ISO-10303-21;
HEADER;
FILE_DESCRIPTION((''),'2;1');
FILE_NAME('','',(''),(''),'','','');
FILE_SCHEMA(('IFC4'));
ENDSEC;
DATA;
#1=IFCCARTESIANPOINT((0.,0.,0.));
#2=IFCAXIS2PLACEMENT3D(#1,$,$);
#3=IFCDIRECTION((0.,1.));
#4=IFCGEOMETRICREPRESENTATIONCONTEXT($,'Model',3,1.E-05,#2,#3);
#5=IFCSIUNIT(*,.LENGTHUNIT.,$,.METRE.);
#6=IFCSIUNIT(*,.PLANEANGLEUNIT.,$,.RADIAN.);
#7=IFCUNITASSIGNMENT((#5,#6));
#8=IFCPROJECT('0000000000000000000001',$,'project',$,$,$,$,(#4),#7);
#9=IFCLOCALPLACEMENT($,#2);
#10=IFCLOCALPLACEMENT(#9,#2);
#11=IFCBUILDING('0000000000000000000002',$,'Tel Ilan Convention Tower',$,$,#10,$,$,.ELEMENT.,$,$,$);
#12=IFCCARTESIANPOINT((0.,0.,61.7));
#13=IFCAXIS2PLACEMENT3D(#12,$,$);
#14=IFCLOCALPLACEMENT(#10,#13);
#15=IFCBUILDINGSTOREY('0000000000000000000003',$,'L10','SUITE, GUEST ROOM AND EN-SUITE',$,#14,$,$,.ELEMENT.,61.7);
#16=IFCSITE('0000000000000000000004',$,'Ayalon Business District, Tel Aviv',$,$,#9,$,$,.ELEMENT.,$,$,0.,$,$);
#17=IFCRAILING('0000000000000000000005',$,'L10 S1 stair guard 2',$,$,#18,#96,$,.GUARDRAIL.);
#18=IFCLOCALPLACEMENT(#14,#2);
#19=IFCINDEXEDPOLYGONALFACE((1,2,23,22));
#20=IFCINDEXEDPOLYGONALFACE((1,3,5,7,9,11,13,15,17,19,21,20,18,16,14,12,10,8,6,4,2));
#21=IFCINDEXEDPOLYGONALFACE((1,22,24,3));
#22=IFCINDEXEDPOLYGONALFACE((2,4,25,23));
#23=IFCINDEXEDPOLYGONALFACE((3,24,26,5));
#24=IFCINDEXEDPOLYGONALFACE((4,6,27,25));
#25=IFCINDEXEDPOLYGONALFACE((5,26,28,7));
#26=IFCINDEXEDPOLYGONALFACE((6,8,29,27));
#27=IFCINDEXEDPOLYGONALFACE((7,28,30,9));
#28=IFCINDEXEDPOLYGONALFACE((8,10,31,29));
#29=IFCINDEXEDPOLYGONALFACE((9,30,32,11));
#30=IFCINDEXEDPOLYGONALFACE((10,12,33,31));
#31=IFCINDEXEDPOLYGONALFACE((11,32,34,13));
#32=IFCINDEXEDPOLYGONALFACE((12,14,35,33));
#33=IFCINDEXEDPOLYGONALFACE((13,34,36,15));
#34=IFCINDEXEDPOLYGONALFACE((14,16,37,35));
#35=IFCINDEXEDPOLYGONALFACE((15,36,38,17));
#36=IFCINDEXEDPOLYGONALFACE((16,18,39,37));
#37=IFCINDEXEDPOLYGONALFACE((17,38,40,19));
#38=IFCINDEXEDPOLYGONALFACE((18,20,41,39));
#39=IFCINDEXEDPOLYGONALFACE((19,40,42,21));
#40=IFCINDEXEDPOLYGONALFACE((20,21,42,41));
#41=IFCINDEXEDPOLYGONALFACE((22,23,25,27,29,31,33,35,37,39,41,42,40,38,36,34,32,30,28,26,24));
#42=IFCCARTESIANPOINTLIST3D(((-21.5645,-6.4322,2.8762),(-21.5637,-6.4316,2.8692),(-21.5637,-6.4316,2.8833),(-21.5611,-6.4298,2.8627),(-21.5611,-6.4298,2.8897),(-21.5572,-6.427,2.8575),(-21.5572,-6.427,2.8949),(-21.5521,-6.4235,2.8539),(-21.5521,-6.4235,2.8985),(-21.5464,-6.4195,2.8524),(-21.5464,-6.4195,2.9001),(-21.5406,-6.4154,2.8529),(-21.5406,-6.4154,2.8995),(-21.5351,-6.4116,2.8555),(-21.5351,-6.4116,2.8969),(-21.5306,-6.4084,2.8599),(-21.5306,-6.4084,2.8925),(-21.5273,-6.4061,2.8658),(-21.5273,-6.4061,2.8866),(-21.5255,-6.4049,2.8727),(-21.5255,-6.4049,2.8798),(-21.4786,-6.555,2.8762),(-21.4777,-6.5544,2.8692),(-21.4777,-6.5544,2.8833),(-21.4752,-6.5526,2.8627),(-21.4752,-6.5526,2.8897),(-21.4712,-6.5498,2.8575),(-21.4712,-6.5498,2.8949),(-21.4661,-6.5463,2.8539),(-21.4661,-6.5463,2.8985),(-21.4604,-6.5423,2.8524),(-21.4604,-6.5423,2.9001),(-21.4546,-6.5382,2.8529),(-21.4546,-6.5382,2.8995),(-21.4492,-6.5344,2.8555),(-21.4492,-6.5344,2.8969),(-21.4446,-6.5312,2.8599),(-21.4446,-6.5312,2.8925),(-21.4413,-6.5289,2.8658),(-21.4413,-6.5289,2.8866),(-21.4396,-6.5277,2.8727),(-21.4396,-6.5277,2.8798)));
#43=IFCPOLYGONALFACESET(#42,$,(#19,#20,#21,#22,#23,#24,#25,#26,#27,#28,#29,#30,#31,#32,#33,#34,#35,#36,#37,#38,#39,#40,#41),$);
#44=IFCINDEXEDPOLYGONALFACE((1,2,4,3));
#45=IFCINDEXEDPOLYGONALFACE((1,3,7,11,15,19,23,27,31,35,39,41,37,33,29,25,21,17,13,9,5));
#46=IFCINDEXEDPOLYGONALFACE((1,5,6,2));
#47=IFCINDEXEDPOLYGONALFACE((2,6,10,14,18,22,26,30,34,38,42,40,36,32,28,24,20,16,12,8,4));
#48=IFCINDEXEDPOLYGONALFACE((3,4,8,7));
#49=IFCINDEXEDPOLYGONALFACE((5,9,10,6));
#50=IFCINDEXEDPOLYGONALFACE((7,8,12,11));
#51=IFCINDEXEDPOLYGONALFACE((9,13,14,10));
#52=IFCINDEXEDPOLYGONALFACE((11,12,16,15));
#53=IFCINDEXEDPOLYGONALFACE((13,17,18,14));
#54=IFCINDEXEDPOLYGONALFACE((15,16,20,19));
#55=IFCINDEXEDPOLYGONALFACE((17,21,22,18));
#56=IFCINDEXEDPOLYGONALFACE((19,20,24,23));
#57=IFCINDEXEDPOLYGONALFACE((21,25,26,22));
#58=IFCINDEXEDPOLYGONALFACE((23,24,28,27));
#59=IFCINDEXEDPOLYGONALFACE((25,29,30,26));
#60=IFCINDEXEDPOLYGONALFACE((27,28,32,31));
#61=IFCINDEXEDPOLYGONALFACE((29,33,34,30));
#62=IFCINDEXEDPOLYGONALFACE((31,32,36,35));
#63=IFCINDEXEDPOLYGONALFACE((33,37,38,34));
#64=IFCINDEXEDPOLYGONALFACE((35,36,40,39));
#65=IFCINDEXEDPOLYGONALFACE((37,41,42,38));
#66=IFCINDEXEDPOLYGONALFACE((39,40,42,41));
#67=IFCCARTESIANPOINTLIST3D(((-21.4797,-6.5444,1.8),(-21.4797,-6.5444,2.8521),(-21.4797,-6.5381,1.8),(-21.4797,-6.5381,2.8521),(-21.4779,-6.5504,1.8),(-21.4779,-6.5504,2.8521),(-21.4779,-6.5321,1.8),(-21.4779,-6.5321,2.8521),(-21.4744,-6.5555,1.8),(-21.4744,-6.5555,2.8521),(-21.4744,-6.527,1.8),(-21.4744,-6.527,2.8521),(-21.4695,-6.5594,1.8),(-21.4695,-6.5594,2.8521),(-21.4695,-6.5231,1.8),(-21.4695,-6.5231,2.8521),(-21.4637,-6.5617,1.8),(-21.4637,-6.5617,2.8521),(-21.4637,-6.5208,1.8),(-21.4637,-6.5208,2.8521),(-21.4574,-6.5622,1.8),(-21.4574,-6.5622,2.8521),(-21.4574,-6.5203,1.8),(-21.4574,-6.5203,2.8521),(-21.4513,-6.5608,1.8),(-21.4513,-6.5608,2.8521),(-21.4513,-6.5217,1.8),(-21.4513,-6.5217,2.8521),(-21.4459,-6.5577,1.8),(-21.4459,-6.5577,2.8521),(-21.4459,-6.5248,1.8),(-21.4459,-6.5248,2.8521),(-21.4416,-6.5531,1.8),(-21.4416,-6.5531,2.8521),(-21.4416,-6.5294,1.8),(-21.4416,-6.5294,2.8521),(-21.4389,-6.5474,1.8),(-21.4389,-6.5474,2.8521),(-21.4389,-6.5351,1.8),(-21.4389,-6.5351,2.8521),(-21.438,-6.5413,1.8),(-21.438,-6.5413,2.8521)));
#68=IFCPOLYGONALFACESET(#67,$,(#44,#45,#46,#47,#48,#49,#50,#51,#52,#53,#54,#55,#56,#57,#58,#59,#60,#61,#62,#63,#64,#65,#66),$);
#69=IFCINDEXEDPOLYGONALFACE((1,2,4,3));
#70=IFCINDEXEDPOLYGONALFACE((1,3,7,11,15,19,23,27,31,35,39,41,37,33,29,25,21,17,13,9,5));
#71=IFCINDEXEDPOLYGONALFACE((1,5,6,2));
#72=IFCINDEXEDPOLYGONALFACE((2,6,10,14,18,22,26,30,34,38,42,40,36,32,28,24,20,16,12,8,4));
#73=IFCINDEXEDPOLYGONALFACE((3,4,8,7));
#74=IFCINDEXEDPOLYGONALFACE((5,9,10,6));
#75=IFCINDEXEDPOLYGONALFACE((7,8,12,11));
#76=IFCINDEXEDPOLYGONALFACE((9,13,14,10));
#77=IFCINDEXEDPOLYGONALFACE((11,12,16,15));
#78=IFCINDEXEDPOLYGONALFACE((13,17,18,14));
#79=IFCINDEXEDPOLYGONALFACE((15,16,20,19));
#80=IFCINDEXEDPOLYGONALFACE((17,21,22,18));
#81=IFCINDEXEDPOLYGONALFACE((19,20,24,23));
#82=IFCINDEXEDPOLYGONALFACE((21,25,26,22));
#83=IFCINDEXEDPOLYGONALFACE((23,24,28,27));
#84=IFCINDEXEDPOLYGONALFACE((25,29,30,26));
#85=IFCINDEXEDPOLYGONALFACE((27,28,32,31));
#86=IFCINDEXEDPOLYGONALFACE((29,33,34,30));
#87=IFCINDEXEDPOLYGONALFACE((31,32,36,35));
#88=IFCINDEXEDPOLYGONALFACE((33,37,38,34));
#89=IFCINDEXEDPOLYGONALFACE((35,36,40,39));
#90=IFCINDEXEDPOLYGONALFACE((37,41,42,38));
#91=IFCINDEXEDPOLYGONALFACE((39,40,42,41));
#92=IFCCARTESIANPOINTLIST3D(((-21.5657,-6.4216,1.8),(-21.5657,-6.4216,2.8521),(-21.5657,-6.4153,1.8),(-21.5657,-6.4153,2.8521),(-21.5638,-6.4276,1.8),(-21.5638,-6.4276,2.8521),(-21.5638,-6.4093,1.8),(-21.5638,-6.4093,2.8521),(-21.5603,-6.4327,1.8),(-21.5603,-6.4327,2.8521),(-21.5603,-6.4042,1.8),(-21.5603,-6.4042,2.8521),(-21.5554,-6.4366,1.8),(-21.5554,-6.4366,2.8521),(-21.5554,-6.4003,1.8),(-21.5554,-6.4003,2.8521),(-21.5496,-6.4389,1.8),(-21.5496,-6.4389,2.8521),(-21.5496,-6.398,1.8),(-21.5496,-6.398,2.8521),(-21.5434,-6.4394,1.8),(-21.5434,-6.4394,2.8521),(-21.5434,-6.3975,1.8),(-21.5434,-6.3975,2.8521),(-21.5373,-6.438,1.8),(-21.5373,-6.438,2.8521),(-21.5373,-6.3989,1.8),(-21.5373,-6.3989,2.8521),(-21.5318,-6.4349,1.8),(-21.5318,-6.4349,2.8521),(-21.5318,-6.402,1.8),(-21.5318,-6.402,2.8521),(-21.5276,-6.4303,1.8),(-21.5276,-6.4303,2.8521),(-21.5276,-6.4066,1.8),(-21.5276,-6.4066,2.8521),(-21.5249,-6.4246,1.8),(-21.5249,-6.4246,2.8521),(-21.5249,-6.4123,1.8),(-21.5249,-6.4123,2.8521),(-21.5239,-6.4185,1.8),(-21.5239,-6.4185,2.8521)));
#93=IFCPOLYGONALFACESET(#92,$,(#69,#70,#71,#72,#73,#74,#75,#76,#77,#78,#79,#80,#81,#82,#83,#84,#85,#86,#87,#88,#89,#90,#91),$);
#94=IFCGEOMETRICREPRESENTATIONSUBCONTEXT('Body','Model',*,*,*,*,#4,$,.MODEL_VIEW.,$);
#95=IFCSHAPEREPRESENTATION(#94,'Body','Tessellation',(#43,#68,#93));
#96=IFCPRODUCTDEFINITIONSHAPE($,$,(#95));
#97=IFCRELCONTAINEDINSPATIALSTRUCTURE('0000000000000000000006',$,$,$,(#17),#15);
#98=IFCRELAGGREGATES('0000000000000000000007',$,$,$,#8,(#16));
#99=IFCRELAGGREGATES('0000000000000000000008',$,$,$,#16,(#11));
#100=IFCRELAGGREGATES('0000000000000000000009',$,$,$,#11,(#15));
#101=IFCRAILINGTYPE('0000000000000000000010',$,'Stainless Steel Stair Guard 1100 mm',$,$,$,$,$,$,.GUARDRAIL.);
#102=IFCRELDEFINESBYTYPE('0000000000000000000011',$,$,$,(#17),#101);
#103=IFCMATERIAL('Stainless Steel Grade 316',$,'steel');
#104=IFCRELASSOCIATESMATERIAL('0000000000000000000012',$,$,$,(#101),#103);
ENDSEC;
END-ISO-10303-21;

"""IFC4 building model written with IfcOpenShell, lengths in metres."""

from ifc_helpers import new_model, si_unit, direction, frame, origin, origin_2d, place, context, subcontext, project, spatial, circle, extrude, material, type_object, element, save


model = new_model("IFC4")

# Units and contexts
model_context = context("Model", 3, precision=1e-05, world=origin(), true_north=direction((0.0, 1.0)))
body_context = subcontext(model_context, "Body", "Model", "MODEL_VIEW")
ifc_project = project(units=[si_unit("LENGTHUNIT", "METRE"), si_unit("PLANEANGLEUNIT", "RADIAN")], contexts=[model_context])

# Site, building, storey
site_placement = place(None, origin())
site = spatial("IfcSite", under=ifc_project, at=site_placement, Name="Ayalon Business District, Tel Aviv", CompositionType="ELEMENT", RefElevation=0.0)
building_placement = place(site_placement, origin())
building = spatial("IfcBuilding", under=site, at=building_placement, Name="Tel Ilan Convention Tower", CompositionType="ELEMENT")
storey_placement = place(building_placement, frame((0.0, 0.0, 61.7)))
storey = spatial("IfcBuildingStorey", under=building, at=storey_placement, Name="L10", Description="SUITE, GUEST ROOM AND EN-SUITE", CompositionType="ELEMENT", Elevation=61.7)

# Railing
ifc_material_1 = material(Name="Stainless Steel Grade 316", Category="steel")
railing_type_1 = type_object("IfcRailingType", Name="Stainless Steel Stair Guard 1100 mm", PredefinedType="GUARDRAIL", material=ifc_material_1)
railing_1_placement = place(storey_placement, frame((-21.459, -6.5413, 1.8)))
element("IfcRailing", 1, at=railing_1_placement, inside=storey, type_object=railing_type_1, Name="L10 S1 stair guard 2", PredefinedType="GUARDRAIL", context=body_context, shape_type="SweptSolid", body=[
    extrude(circle(Radius=0.0239, at=origin_2d()), frame((0.0, 0.0, 1.0762), z_axis=(-0.573353, 0.819308, 0.0), x_axis=(-0.819308, -0.573353, 0.0)), (0.0, 0.0, 1.0), 0.1499),
    extrude(circle(Radius=0.021, at=origin_2d()), origin(), (0.0, 0.0, 1.0), 1.052),
    extrude(circle(Radius=0.021, at=origin_2d()), frame((-0.0859, 0.1228, 0.0)), (0.0, 0.0, 1.0), 1.052),
])

save(model, "model.ifc")
